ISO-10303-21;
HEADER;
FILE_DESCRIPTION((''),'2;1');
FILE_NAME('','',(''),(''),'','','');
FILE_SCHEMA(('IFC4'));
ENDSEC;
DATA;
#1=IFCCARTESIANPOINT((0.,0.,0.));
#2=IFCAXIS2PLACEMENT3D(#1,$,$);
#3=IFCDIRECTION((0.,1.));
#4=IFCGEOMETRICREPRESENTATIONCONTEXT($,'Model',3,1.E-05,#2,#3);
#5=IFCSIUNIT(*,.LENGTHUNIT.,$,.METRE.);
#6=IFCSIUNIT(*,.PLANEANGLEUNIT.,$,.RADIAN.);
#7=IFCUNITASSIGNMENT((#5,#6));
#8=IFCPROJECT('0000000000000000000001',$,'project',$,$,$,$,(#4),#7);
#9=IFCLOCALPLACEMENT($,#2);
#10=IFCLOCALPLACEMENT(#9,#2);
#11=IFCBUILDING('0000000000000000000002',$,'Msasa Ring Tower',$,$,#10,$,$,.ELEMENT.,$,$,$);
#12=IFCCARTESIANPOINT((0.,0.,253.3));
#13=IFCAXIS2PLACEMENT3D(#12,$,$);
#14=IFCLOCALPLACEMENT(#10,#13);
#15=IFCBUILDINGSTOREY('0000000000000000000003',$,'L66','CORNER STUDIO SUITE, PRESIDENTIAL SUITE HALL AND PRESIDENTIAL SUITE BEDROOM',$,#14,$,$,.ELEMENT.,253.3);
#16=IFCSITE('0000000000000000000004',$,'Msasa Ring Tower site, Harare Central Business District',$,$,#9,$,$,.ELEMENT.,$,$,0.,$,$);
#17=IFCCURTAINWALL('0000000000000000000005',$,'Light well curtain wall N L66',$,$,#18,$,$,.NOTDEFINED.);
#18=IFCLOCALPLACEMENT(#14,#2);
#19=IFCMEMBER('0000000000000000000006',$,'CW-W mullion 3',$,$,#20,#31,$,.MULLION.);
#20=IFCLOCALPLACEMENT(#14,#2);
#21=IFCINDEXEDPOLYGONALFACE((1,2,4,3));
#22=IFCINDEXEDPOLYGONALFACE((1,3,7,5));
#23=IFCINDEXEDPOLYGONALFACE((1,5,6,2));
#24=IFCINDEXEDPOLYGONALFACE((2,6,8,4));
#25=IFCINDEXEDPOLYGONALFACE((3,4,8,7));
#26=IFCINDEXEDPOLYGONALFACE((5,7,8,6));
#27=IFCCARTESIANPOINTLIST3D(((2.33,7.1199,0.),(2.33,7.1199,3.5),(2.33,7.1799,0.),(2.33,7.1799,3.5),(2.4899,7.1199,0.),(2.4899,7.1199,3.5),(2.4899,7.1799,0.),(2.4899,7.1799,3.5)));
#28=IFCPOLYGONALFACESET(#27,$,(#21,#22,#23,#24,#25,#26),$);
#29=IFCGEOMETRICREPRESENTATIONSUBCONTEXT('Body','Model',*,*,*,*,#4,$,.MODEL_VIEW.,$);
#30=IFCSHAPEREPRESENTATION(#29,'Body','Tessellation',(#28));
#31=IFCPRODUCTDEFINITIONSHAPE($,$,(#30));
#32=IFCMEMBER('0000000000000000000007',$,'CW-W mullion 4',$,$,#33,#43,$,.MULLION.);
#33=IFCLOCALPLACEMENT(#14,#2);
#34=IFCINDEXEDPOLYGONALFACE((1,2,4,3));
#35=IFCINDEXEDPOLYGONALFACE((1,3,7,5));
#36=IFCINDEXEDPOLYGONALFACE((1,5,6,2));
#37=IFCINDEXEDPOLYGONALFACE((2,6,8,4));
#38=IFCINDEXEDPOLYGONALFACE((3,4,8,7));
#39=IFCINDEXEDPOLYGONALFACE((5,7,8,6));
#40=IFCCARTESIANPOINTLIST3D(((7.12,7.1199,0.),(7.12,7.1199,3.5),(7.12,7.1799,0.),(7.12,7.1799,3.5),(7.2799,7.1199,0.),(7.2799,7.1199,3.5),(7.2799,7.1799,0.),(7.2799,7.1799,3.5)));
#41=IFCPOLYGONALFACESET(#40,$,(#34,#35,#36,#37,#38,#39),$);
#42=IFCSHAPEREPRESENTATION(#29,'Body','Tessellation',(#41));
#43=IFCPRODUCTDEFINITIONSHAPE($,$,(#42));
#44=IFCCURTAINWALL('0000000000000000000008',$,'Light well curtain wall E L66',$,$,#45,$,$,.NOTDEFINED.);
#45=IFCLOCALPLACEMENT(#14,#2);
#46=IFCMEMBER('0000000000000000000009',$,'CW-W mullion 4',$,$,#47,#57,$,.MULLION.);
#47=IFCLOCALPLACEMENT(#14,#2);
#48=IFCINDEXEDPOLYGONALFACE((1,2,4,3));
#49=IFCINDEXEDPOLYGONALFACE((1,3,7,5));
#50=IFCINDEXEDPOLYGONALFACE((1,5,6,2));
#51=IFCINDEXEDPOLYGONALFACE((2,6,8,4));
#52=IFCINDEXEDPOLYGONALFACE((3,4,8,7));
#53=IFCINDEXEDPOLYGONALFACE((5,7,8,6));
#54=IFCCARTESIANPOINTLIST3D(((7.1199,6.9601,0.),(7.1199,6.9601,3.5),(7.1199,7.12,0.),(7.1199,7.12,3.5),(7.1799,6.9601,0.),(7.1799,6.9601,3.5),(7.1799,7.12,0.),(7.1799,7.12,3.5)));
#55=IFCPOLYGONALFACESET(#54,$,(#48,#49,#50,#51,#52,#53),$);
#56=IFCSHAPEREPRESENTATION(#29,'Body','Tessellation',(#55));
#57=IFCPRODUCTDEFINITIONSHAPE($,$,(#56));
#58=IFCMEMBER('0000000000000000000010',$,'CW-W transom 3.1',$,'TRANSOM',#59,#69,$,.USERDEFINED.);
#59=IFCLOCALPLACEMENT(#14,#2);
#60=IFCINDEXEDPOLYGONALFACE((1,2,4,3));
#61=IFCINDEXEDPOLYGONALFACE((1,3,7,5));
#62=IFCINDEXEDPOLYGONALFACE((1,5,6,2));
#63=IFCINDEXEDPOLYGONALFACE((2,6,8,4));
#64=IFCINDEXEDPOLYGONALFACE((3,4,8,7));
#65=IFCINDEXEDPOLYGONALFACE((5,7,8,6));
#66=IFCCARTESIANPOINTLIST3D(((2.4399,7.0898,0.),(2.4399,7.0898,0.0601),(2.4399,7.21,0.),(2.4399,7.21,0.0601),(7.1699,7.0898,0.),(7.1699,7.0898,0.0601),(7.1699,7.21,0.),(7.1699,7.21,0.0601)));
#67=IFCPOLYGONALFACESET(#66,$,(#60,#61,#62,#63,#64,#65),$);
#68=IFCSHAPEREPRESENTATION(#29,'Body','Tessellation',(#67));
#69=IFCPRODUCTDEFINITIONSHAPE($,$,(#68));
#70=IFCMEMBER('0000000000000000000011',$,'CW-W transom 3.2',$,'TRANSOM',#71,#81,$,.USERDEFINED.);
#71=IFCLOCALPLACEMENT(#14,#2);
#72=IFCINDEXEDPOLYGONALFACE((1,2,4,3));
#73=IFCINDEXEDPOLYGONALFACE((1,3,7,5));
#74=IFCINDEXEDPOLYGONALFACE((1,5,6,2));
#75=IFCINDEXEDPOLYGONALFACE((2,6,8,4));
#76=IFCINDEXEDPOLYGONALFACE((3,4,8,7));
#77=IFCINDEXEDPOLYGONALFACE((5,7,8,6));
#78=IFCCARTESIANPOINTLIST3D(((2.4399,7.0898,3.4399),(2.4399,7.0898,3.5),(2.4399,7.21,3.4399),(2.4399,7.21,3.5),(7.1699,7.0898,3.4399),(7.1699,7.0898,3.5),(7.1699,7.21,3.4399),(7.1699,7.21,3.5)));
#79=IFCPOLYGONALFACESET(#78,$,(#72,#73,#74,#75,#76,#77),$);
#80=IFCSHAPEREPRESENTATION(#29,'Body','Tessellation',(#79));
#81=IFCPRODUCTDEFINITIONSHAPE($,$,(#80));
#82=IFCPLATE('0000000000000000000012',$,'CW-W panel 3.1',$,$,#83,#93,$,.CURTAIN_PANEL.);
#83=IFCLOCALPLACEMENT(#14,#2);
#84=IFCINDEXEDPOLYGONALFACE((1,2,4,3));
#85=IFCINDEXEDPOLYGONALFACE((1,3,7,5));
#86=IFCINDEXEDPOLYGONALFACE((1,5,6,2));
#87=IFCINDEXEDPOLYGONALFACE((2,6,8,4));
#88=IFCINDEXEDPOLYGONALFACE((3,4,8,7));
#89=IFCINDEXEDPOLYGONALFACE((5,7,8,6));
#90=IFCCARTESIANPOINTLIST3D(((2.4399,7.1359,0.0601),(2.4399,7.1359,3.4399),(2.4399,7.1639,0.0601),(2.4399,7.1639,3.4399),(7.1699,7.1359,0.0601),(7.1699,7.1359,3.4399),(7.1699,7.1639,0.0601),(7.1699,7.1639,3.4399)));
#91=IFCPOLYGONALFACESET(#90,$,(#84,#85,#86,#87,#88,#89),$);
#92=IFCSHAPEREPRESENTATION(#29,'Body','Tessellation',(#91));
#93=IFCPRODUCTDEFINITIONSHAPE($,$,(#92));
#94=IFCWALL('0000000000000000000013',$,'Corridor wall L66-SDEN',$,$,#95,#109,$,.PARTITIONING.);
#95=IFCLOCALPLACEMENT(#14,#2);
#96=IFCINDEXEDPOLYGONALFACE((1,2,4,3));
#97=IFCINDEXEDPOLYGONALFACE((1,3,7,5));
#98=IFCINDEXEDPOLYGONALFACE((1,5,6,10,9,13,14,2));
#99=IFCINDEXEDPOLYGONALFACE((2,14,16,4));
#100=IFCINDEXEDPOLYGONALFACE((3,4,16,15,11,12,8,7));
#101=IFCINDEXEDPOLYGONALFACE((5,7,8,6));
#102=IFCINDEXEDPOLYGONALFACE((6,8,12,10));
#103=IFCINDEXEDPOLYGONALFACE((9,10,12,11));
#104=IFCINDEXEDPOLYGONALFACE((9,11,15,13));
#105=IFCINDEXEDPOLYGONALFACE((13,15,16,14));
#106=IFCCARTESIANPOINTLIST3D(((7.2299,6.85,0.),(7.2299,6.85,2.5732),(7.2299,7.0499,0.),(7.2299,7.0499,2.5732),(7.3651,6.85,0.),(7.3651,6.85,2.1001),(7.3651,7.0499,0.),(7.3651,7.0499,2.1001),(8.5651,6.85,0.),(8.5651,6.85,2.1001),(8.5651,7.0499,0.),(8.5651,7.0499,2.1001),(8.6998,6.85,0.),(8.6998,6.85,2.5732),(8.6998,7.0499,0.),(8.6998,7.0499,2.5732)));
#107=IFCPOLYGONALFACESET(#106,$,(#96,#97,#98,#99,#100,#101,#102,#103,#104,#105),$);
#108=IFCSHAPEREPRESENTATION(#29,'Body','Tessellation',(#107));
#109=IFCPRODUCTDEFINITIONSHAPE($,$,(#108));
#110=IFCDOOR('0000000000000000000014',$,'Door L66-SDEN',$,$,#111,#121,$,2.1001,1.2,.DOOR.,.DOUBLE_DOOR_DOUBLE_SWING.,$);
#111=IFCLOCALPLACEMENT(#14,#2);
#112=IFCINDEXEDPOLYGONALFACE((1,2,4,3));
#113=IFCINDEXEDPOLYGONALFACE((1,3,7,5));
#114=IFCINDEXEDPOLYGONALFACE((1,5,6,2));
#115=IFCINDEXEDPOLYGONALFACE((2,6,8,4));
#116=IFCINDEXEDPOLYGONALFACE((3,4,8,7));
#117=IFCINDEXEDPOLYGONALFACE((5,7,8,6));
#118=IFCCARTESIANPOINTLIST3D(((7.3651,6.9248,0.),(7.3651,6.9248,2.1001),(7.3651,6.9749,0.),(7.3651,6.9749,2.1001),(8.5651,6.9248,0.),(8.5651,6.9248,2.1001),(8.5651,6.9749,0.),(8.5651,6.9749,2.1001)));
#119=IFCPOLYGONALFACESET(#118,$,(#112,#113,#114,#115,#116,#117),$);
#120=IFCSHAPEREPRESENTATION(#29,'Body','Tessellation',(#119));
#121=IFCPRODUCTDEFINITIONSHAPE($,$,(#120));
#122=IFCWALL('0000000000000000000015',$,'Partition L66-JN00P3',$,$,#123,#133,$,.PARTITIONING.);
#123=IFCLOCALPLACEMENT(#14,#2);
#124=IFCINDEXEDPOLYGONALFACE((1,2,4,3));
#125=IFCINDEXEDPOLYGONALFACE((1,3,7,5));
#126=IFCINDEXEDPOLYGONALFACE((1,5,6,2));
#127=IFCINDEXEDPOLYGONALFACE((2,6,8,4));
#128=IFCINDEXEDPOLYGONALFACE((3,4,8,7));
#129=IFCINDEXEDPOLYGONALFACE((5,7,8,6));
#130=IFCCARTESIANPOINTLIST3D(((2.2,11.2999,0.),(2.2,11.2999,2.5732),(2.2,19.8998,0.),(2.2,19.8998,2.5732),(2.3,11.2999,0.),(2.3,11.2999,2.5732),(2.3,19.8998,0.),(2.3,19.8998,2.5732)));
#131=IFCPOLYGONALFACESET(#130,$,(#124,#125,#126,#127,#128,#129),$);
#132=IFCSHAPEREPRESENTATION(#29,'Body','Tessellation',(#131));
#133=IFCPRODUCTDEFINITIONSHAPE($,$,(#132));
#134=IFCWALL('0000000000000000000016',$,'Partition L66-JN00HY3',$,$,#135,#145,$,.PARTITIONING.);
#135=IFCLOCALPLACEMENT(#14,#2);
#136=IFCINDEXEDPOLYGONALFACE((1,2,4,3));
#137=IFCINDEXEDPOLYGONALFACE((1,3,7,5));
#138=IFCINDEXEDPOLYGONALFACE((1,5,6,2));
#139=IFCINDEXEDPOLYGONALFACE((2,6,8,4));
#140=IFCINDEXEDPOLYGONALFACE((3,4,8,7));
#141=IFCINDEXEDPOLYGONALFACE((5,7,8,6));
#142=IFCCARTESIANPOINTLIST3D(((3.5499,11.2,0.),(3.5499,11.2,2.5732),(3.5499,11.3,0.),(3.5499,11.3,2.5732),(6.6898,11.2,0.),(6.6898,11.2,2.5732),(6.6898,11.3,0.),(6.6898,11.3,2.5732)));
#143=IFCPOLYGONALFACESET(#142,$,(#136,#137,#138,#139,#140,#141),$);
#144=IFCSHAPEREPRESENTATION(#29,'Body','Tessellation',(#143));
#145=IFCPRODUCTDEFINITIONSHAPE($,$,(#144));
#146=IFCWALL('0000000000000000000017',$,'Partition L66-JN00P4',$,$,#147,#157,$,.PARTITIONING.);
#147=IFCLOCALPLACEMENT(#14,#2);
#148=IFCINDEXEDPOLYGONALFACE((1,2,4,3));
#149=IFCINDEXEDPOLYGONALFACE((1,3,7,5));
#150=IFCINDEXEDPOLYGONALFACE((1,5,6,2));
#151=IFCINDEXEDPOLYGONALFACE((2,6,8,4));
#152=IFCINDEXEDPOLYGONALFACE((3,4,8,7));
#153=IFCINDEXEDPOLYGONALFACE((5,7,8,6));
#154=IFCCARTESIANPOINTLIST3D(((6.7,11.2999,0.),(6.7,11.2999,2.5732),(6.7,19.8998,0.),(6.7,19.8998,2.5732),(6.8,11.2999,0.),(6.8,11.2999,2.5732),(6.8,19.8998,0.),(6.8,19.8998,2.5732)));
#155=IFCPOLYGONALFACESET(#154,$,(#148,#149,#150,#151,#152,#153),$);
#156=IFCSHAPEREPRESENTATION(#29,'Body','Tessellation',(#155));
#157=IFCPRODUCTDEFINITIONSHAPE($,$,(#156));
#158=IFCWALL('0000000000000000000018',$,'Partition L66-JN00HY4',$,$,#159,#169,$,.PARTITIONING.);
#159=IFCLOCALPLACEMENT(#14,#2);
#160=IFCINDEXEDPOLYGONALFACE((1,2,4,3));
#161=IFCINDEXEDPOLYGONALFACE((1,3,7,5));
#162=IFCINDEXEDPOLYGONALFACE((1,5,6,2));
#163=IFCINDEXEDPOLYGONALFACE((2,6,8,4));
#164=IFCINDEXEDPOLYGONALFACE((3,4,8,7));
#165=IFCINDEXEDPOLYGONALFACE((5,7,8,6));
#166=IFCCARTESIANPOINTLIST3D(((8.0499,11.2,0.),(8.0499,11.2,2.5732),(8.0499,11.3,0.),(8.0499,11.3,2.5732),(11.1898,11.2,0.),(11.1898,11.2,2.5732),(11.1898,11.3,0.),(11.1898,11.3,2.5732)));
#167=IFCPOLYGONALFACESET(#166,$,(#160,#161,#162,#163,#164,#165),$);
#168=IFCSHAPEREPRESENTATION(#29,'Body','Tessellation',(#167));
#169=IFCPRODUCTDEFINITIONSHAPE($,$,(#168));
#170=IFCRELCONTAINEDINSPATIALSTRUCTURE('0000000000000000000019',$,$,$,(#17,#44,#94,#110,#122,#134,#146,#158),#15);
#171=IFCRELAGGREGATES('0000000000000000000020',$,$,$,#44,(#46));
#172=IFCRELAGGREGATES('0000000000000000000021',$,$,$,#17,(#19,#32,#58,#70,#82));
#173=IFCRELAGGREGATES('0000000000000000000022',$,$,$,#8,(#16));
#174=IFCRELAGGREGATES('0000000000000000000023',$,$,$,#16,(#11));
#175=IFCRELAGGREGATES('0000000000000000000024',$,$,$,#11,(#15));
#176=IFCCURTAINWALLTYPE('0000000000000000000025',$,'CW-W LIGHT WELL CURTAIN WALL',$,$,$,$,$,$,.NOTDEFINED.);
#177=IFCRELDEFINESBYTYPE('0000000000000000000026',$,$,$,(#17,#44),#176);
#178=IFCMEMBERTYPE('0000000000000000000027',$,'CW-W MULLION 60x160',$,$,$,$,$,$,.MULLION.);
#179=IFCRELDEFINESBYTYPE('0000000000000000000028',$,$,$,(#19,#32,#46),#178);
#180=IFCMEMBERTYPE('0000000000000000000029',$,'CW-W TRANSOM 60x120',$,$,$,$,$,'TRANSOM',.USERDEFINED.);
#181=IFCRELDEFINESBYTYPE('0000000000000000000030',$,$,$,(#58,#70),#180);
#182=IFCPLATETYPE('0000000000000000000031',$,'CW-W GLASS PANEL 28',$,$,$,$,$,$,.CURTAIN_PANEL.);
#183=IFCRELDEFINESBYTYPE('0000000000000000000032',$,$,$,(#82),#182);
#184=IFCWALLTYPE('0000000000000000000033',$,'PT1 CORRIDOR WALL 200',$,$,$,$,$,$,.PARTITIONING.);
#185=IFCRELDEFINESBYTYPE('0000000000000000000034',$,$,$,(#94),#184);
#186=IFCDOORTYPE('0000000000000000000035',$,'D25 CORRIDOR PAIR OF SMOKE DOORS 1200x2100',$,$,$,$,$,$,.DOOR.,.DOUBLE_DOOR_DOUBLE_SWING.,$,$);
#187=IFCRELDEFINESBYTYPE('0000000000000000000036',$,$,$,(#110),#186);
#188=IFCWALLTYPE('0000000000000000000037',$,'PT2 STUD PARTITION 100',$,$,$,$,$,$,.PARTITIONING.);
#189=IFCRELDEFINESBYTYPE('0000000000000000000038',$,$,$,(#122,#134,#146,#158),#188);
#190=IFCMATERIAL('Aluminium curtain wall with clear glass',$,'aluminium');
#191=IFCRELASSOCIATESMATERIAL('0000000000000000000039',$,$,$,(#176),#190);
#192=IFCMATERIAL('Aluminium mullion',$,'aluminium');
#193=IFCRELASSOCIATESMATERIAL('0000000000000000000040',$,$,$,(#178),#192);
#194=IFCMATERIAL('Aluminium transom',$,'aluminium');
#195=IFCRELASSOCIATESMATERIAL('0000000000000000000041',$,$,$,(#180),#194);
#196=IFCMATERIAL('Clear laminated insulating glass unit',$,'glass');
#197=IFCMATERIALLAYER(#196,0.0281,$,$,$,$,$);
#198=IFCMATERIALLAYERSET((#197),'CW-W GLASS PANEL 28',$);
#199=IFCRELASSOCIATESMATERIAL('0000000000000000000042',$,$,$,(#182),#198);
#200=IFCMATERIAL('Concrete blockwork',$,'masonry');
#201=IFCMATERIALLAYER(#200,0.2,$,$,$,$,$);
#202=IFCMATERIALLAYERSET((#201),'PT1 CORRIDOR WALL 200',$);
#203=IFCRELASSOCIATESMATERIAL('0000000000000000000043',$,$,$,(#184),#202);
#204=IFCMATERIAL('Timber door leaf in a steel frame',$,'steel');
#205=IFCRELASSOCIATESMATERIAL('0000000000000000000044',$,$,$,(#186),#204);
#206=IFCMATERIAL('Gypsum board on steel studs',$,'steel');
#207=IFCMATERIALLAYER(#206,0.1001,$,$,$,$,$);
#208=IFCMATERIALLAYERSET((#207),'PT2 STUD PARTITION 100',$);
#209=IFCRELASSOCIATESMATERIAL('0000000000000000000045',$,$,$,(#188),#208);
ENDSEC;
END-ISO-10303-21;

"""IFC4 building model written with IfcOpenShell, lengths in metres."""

from ifc_helpers import new_model, si_unit, direction, frame, frame_2d, origin, origin_2d, place, context, subcontext, project, spatial, rectangle, extrude, material, layer, layer_set, material_profile, profile_set, type_object, element, fill, aggregate, save


model = new_model("IFC4")

# Units and contexts
model_context = context("Model", 3, precision=1e-05, world=origin(), true_north=direction((0.0, 1.0)))
body_context = subcontext(model_context, "Body", "Model", "MODEL_VIEW")
ifc_project = project(units=[si_unit("LENGTHUNIT", "METRE"), si_unit("PLANEANGLEUNIT", "RADIAN")], contexts=[model_context])

# Site, building, storey
site_placement = place(None, origin())
site = spatial("IfcSite", under=ifc_project, at=site_placement, Name="Msasa Ring Tower site, Harare Central Business District", CompositionType="ELEMENT", RefElevation=0.0)
building_placement = place(site_placement, origin())
building = spatial("IfcBuilding", under=site, at=building_placement, Name="Msasa Ring Tower", CompositionType="ELEMENT")
storey_placement = place(building_placement, frame((0.0, 0.0, 253.3)))
storey = spatial("IfcBuildingStorey", under=building, at=storey_placement, Name="L66", Description="CORNER STUDIO SUITE, PRESIDENTIAL SUITE HALL AND PRESIDENTIAL SUITE BEDROOM", CompositionType="ELEMENT", Elevation=253.3)

# Curtain wall, members
ifc_material_1 = material(Name="Aluminium curtain wall with clear glass", Category="aluminium")
curtain_wall_type = type_object("IfcCurtainWallType", Name="CW-W LIGHT WELL CURTAIN WALL", PredefinedType="NOTDEFINED", material=ifc_material_1)
curtain_wall_1_placement = place(storey_placement, origin())
curtain_wall_1 = element("IfcCurtainWall", 1, at=curtain_wall_1_placement, inside=storey, type_object=curtain_wall_type, Name="Light well curtain wall N L66", PredefinedType="NOTDEFINED")
ifc_material_2 = material(Name="Aluminium mullion", Category="aluminium")
ifc_material_profile_1 = material_profile(ifc_material_2, rectangle(XDim=0.0601, YDim=0.1599, at=origin_2d()), Name="AL 60x160")
ifc_profile_set_1 = profile_set([ifc_material_profile_1], Name="Aluminium mullion")
member_type_1 = type_object("IfcMemberType", Name="CW-W MULLION 60x160", PredefinedType="MULLION", material=ifc_profile_set_1)
member_1_placement = place(storey_placement, frame((2.4099, 7.1499, 0.0), z_axis=(0.0, 0.0, 1.0), x_axis=(0.0, 1.0, 0.0)))
member_1 = element("IfcMember", 2, at=member_1_placement, type_object=member_type_1, Name="CW-W mullion 3", PredefinedType="MULLION", context=body_context, shape_type="SweptSolid", body=[
    extrude(rectangle(XDim=0.0601, YDim=0.1599, at=origin_2d()), origin(), (0.0, 0.0, 1.0), 3.5),
])
member_2_placement = place(storey_placement, frame((7.2, 7.1499, 0.0), z_axis=(0.0, 0.0, 1.0), x_axis=(0.0, 1.0, 0.0)))
member_2 = element("IfcMember", 3, at=member_2_placement, type_object=member_type_1, Name="CW-W mullion 4", PredefinedType="MULLION", context=body_context, shape_type="SweptSolid", body=[
    extrude(rectangle(XDim=0.0601, YDim=0.1599, at=origin_2d()), origin(), (0.0, 0.0, 1.0), 3.5),
])

# Curtain wall, member
curtain_wall_2_placement = place(storey_placement, origin())
curtain_wall_2 = element("IfcCurtainWall", 4, at=curtain_wall_2_placement, inside=storey, type_object=curtain_wall_type, Name="Light well curtain wall E L66", PredefinedType="NOTDEFINED")
member_3_placement = place(storey_placement, frame((7.1499, 7.04, 0.0), z_axis=(0.0, 0.0, 1.0), x_axis=(-1.0, 0.0, 0.0)))
member_3 = element("IfcMember", 5, at=member_3_placement, type_object=member_type_1, Name="CW-W mullion 4", PredefinedType="MULLION", context=body_context, shape_type="SweptSolid", body=[
    extrude(rectangle(XDim=0.0601, YDim=0.1599, at=origin_2d()), origin(), (0.0, 0.0, 1.0), 3.5),
])
aggregate(curtain_wall_2, [member_3])

# Members
ifc_material_3 = material(Name="Aluminium transom", Category="aluminium")
ifc_material_profile_2 = material_profile(ifc_material_3, rectangle(XDim=0.1201, YDim=0.0601, at=origin_2d()), Name="AL 60x120")
ifc_profile_set_2 = profile_set([ifc_material_profile_2], Name="Aluminium transom")
member_type_2 = type_object("IfcMemberType", Name="CW-W TRANSOM 60x120", ElementType="TRANSOM", PredefinedType="USERDEFINED", material=ifc_profile_set_2)
member_4_placement = place(storey_placement, frame((2.4399, 7.1499, 0.03), z_axis=(1.0, 0.0, 0.0), x_axis=(0.0, 1.0, 0.0)))
member_4 = element("IfcMember", 6, at=member_4_placement, type_object=member_type_2, Name="CW-W transom 3.1", ObjectType="TRANSOM", PredefinedType="USERDEFINED", context=body_context, shape_type="SweptSolid", body=[
    extrude(rectangle(XDim=0.1201, YDim=0.0601, at=origin_2d()), origin(), (0.0, 0.0, 1.0), 4.73),
])
member_5_placement = place(storey_placement, frame((2.4399, 7.1499, 3.47), z_axis=(1.0, 0.0, 0.0), x_axis=(0.0, 1.0, 0.0)))
member_5 = element("IfcMember", 7, at=member_5_placement, type_object=member_type_2, Name="CW-W transom 3.2", ObjectType="TRANSOM", PredefinedType="USERDEFINED", context=body_context, shape_type="SweptSolid", body=[
    extrude(rectangle(XDim=0.1201, YDim=0.0601, at=origin_2d()), origin(), (0.0, 0.0, 1.0), 4.73),
])

# Plate
ifc_material_4 = material(Name="Clear laminated insulating glass unit", Category="glass")
ifc_layer_1 = layer(ifc_material_4, 0.0281)
ifc_layer_set_1 = layer_set([ifc_layer_1], Name="CW-W GLASS PANEL 28")
plate_type = type_object("IfcPlateType", Name="CW-W GLASS PANEL 28", PredefinedType="CURTAIN_PANEL", material=ifc_layer_set_1)
plate_placement = place(storey_placement, frame((4.8049, 7.1499, 0.0601), z_axis=(0.0, 0.0, 1.0), x_axis=(1.0, 0.0, 0.0)))
plate = element("IfcPlate", 8, at=plate_placement, type_object=plate_type, Name="CW-W panel 3.1", PredefinedType="CURTAIN_PANEL", context=body_context, shape_type="SweptSolid", body=[
    extrude(rectangle(XDim=4.73, YDim=0.0281, at=origin_2d()), origin(), (0.0, 0.0, 1.0), 3.3799),
])
aggregate(curtain_wall_1, [member_1, member_2, member_4, member_5, plate])

# Wall, opening, door
ifc_material_5 = material(Name="Concrete blockwork", Category="masonry")
ifc_layer_2 = layer(ifc_material_5, 0.2)
ifc_layer_set_2 = layer_set([ifc_layer_2], Name="PT1 CORRIDOR WALL 200")
wall_type_1 = type_object("IfcWallType", Name="PT1 CORRIDOR WALL 200", PredefinedType="PARTITIONING", material=ifc_layer_set_2)
wall_1_placement = place(storey_placement, frame((7.23, 6.95, 0.0), z_axis=(0.0, 0.0, 1.0), x_axis=(1.0, 0.0, 0.0)))
wall_1 = element("IfcWall", 9, at=wall_1_placement, inside=storey, type_object=wall_type_1, Name="Corridor wall L66-SDEN", PredefinedType="PARTITIONING", context=body_context, shape_type="SweptSolid", body=[
    extrude(rectangle(XDim=1.47, YDim=0.2, at=frame_2d((0.7349, 0.0))), origin(), (0.0, 0.0, 1.0), 2.5732),
])
opening_1_placement = place(wall_1_placement, frame((0.135, 0.0, 0.0)))
opening_1 = element("IfcOpeningElement", 10, at=opening_1_placement, cuts=wall_1, PredefinedType="OPENING", context=body_context, shape_type="SweptSolid", body=[
    extrude(rectangle(XDim=1.2, YDim=2.1001, at=frame_2d((0.6001, 1.05))), frame((0.0, 0.1099, 0.0), z_axis=(0.0, -1.0, 0.0), x_axis=(1.0, 0.0, 0.0)), (0.0, 0.0, 1.0), 0.22),
])
ifc_material_6 = material(Name="Timber door leaf in a steel frame", Category="steel")
door_type_1 = type_object("IfcDoorType", Name="D25 CORRIDOR PAIR OF SMOKE DOORS 1200x2100", OperationType="DOUBLE_DOOR_DOUBLE_SWING", PredefinedType="DOOR", material=ifc_material_6)
door_1_placement = place(opening_1_placement, origin())
door_1 = element("IfcDoor", 11, at=door_1_placement, inside=storey, type_object=door_type_1, Name="Door L66-SDEN", OperationType="DOUBLE_DOOR_DOUBLE_SWING", OverallHeight=2.1001, OverallWidth=1.2, PredefinedType="DOOR", context=body_context, shape_type="SweptSolid", body=[
    extrude(rectangle(XDim=1.2, YDim=2.1001, at=frame_2d((0.6001, 1.05))), frame((0.0, 0.0249, 0.0), z_axis=(0.0, -1.0, 0.0), x_axis=(1.0, 0.0, 0.0)), (0.0, 0.0, 1.0), 0.05),
])
fill(opening_1, door_1)

# Walls
ifc_material_7 = material(Name="Gypsum board on steel studs", Category="steel")
ifc_layer_3 = layer(ifc_material_7, 0.1001)
ifc_layer_set_3 = layer_set([ifc_layer_3], Name="PT2 STUD PARTITION 100")
wall_type_2 = type_object("IfcWallType", Name="PT2 STUD PARTITION 100", PredefinedType="PARTITIONING", material=ifc_layer_set_3)
wall_2_placement = place(storey_placement, frame((2.25, 11.3, 0.0), z_axis=(0.0, 0.0, 1.0), x_axis=(0.0, 1.0, 0.0)))
element("IfcWall", 12, at=wall_2_placement, inside=storey, type_object=wall_type_2, Name="Partition L66-JN00P3", PredefinedType="PARTITIONING", context=body_context, shape_type="SweptSolid", body=[
    extrude(rectangle(XDim=8.5999, YDim=0.1001, at=frame_2d((4.2998, 0.0))), origin(), (0.0, 0.0, 1.0), 2.5732),
])
wall_3_placement = place(storey_placement, frame((3.55, 11.25, 0.0), z_axis=(0.0, 0.0, 1.0), x_axis=(1.0, 0.0, 0.0)))
element("IfcWall", 13, at=wall_3_placement, inside=storey, type_object=wall_type_2, Name="Partition L66-JN00HY3", PredefinedType="PARTITIONING", context=body_context, shape_type="SweptSolid", body=[
    extrude(rectangle(XDim=3.1399, YDim=0.1001, at=frame_2d((1.5698, 0.0))), origin(), (0.0, 0.0, 1.0), 2.5732),
])
wall_4_placement = place(storey_placement, frame((6.75, 11.3, 0.0), z_axis=(0.0, 0.0, 1.0), x_axis=(0.0, 1.0, 0.0)))
element("IfcWall", 14, at=wall_4_placement, inside=storey, type_object=wall_type_2, Name="Partition L66-JN00P4", PredefinedType="PARTITIONING", context=body_context, shape_type="SweptSolid", body=[
    extrude(rectangle(XDim=8.5999, YDim=0.1001, at=frame_2d((4.2998, 0.0))), origin(), (0.0, 0.0, 1.0), 2.5732),
])
wall_5_placement = place(storey_placement, frame((8.05, 11.25, 0.0), z_axis=(0.0, 0.0, 1.0), x_axis=(1.0, 0.0, 0.0)))
element("IfcWall", 15, at=wall_5_placement, inside=storey, type_object=wall_type_2, Name="Partition L66-JN00HY4", PredefinedType="PARTITIONING", context=body_context, shape_type="SweptSolid", body=[
    extrude(rectangle(XDim=3.1399, YDim=0.1001, at=frame_2d((1.5698, 0.0))), origin(), (0.0, 0.0, 1.0), 2.5732),
])

save(model, "model.ifc")
